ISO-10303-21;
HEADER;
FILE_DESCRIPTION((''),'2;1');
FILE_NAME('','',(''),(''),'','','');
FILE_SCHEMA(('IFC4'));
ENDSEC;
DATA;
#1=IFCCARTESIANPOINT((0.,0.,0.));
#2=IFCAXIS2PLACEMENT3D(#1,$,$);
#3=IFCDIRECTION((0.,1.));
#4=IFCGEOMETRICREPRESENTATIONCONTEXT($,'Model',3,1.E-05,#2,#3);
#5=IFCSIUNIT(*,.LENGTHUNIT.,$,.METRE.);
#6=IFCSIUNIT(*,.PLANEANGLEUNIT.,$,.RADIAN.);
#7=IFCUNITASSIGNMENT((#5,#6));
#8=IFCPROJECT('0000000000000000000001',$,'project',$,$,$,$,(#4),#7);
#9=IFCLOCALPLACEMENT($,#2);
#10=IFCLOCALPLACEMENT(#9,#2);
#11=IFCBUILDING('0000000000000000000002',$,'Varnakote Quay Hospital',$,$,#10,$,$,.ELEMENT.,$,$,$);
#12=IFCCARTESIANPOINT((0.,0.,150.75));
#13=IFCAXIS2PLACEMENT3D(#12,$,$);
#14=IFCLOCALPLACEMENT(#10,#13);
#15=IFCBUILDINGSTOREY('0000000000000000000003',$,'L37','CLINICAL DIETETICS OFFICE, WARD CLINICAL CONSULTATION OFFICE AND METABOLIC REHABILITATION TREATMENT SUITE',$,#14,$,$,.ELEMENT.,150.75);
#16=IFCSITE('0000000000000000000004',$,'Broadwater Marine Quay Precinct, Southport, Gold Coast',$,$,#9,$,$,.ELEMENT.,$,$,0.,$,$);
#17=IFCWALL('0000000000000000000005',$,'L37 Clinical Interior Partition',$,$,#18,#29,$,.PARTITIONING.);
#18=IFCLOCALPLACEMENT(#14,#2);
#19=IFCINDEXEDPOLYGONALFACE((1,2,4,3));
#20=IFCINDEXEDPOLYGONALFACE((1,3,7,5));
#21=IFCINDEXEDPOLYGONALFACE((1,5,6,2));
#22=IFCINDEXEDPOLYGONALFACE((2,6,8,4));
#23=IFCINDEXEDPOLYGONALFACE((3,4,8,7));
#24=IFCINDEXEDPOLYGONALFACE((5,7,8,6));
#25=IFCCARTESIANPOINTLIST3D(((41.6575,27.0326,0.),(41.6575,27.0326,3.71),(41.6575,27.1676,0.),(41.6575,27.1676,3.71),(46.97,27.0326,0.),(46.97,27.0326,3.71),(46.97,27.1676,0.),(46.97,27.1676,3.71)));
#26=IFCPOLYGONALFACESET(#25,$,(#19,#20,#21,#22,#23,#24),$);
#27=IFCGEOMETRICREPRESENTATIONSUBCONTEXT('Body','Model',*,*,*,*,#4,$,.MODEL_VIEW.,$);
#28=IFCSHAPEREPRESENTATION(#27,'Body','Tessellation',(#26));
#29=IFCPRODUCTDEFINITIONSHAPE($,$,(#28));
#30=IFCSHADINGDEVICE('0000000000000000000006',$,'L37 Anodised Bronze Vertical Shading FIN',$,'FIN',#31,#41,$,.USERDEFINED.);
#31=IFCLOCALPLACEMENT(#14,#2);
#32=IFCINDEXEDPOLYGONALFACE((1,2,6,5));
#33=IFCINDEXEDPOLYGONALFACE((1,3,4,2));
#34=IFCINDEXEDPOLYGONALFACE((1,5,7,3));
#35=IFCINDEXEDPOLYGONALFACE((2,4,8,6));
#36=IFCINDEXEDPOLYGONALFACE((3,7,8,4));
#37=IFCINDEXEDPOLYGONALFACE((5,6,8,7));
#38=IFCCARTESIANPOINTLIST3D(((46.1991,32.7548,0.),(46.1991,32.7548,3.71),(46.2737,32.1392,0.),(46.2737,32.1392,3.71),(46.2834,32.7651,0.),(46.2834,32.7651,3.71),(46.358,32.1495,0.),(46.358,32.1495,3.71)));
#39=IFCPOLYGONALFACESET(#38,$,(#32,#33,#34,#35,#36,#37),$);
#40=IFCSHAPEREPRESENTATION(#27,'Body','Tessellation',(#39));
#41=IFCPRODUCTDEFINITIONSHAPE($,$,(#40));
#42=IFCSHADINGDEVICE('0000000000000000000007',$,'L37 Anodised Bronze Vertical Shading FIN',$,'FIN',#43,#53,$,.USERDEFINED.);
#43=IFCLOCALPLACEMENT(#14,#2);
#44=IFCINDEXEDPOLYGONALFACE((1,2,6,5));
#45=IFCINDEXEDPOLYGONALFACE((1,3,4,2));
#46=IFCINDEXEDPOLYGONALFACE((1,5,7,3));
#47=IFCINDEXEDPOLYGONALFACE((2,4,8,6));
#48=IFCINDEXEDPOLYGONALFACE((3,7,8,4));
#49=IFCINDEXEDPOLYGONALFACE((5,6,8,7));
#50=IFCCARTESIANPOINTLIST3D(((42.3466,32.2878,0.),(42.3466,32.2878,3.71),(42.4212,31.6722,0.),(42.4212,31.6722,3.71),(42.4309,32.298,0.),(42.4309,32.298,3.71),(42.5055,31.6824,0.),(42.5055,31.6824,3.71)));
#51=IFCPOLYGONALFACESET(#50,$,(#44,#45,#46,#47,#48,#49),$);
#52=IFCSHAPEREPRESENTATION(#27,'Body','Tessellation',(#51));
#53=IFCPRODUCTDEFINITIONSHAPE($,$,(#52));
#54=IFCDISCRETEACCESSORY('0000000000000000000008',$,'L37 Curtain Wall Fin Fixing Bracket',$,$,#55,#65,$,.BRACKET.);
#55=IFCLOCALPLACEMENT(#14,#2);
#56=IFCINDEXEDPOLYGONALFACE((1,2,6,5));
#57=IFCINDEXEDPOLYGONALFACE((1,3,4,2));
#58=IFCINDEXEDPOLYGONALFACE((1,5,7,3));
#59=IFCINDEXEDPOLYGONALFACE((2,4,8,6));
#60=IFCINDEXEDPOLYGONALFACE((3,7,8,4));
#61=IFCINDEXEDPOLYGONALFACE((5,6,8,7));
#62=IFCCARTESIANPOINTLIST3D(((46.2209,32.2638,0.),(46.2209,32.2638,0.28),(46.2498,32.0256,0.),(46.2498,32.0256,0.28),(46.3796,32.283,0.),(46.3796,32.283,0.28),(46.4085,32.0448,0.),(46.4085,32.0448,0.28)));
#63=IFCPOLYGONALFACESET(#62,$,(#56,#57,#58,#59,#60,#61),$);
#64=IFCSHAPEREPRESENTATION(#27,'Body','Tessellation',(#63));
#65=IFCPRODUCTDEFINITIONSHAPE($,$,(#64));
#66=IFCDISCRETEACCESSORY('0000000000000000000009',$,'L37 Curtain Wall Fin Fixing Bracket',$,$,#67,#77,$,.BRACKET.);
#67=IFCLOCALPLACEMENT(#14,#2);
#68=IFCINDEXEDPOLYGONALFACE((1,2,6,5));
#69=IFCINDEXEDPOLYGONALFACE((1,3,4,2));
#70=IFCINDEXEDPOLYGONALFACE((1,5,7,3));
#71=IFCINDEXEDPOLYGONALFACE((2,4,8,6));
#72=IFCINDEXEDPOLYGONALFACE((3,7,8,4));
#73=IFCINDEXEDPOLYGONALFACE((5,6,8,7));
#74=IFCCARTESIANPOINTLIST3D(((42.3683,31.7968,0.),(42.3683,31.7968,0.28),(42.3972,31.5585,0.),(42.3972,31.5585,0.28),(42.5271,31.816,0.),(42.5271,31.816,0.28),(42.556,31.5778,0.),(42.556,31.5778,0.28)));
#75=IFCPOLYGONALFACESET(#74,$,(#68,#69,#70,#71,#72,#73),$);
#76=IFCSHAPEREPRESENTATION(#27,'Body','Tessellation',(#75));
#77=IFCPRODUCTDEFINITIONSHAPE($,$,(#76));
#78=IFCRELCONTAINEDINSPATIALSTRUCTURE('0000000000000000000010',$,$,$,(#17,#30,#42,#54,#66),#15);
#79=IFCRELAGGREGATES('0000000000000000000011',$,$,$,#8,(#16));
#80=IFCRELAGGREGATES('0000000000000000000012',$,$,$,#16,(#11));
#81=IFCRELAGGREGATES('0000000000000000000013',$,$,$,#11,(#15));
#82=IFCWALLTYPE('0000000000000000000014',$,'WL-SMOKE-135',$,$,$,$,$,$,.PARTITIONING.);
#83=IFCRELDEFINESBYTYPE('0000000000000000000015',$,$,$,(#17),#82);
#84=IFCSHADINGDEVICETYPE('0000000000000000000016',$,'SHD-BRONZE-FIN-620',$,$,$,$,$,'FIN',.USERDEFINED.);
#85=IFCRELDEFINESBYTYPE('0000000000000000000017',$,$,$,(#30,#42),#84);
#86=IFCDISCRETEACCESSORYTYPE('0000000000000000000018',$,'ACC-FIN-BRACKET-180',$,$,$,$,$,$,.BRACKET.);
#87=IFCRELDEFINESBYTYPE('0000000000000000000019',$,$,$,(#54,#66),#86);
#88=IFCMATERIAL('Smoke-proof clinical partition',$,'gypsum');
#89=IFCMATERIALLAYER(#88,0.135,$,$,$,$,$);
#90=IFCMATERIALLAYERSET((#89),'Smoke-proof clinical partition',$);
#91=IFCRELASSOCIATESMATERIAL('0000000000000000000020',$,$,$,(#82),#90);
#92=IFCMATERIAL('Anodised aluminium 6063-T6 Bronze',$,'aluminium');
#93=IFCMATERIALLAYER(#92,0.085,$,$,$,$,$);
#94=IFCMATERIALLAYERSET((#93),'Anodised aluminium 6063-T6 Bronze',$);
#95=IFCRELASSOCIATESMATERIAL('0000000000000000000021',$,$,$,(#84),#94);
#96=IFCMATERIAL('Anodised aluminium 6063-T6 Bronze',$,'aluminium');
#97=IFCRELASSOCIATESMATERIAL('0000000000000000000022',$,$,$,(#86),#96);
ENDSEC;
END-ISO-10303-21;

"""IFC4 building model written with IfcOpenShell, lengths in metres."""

from ifc_helpers import new_model, si_unit, direction, frame, frame_2d, origin, origin_2d, place, context, subcontext, project, spatial, rectangle, extrude, material, layer, layer_set, type_object, element, save


model = new_model("IFC4")

# Units and contexts
model_context = context("Model", 3, precision=1e-05, world=origin(), true_north=direction((0.0, 1.0)))
body_context = subcontext(model_context, "Body", "Model", "MODEL_VIEW")
ifc_project = project(units=[si_unit("LENGTHUNIT", "METRE"), si_unit("PLANEANGLEUNIT", "RADIAN")], contexts=[model_context])

# Site, building, storey
site_placement = place(None, origin())
site = spatial("IfcSite", under=ifc_project, at=site_placement, Name="Broadwater Marine Quay Precinct, Southport, Gold Coast", CompositionType="ELEMENT", RefElevation=0.0)
building_placement = place(site_placement, origin())
building = spatial("IfcBuilding", under=site, at=building_placement, Name="Varnakote Quay Hospital", CompositionType="ELEMENT")
storey_placement = place(building_placement, frame((0.0, 0.0, 150.75)))
storey = spatial("IfcBuildingStorey", under=building, at=storey_placement, Name="L37", Description="CLINICAL DIETETICS OFFICE, WARD CLINICAL CONSULTATION OFFICE AND METABOLIC REHABILITATION TREATMENT SUITE", CompositionType="ELEMENT", Elevation=150.75)

# Wall
ifc_material_1 = material(Name="Smoke-proof clinical partition", Category="gypsum")
ifc_layer_1 = layer(ifc_material_1, 0.135)
ifc_layer_set_1 = layer_set([ifc_layer_1], Name="Smoke-proof clinical partition")
wall_type = type_object("IfcWallType", Name="WL-SMOKE-135", PredefinedType="PARTITIONING", material=ifc_layer_set_1)
wall_1_placement = place(storey_placement, frame((46.97, 27.1001, 0.0), z_axis=(0.0, 0.0, 1.0), x_axis=(-1.0, 0.0, 0.0)))
element("IfcWall", 1, at=wall_1_placement, inside=storey, type_object=wall_type, Name="L37 Clinical Interior Partition", PredefinedType="PARTITIONING", context=body_context, shape_type="SweptSolid", body=[
    extrude(rectangle(XDim=5.3125, YDim=0.135, at=frame_2d((2.6562, 0.0))), origin(), (0.0, 0.0, 1.0), 3.71),
])

# Shading devices
ifc_material_2 = material(Name="Anodised aluminium 6063-T6 Bronze", Category="aluminium")
ifc_layer_2 = layer(ifc_material_2, 0.085)
ifc_layer_set_2 = layer_set([ifc_layer_2], Name="Anodised aluminium 6063-T6 Bronze")
shading_device_type = type_object("IfcShadingDeviceType", Name="SHD-BRONZE-FIN-620", ElementType="FIN", PredefinedType="USERDEFINED", material=ifc_layer_set_2)
for number, where, z_axis, x_axis, name in (
    (2, (46.2786, 32.4521, 0.0), (0.0, 0.0, 1.0), (0.12031, -0.992736, 0.0), "L37 Anodised Bronze Vertical Shading FIN"),
    (3, (42.426, 31.9851, 0.0), (0.0, 0.0, 1.0), (0.12031, -0.992736, 0.0), "L37 Anodised Bronze Vertical Shading FIN"),
):
    element("IfcShadingDevice", number, at=place(storey_placement, frame(where, z_axis=z_axis, x_axis=x_axis)), inside=storey, type_object=shading_device_type, Name=name, ObjectType="FIN", PredefinedType="USERDEFINED", context=body_context, shape_type="SweptSolid", body=[
        extrude(rectangle(XDim=0.6201, YDim=0.085, at=origin_2d()), origin(), (0.0, 0.0, 1.0), 3.71),
    ])

# Discrete accessories
ifc_material_3 = material(Name="Anodised aluminium 6063-T6 Bronze", Category="aluminium")
discrete_accessory_type = type_object("IfcDiscreteAccessoryType", Name="ACC-FIN-BRACKET-180", PredefinedType="BRACKET", material=ifc_material_3)
for number, where, z_axis, x_axis, name in (
    (4, (46.3147, 32.1543, 0.0), (0.0, 0.0, 1.0), (-0.992736, -0.12031, 0.0), "L37 Curtain Wall Fin Fixing Bracket"),
    (5, (42.4622, 31.6873, 0.0), (0.0, 0.0, 1.0), (-0.992736, -0.12031, 0.0), "L37 Curtain Wall Fin Fixing Bracket"),
):
    element("IfcDiscreteAccessory", number, at=place(storey_placement, frame(where, z_axis=z_axis, x_axis=x_axis)), inside=storey, type_object=discrete_accessory_type, Name=name, PredefinedType="BRACKET", context=body_context, shape_type="SweptSolid", body=[
        extrude(rectangle(XDim=0.1599, YDim=0.24, at=origin_2d()), origin(), (0.0, 0.0, 1.0), 0.28),
    ])

save(model, "model.ifc")
